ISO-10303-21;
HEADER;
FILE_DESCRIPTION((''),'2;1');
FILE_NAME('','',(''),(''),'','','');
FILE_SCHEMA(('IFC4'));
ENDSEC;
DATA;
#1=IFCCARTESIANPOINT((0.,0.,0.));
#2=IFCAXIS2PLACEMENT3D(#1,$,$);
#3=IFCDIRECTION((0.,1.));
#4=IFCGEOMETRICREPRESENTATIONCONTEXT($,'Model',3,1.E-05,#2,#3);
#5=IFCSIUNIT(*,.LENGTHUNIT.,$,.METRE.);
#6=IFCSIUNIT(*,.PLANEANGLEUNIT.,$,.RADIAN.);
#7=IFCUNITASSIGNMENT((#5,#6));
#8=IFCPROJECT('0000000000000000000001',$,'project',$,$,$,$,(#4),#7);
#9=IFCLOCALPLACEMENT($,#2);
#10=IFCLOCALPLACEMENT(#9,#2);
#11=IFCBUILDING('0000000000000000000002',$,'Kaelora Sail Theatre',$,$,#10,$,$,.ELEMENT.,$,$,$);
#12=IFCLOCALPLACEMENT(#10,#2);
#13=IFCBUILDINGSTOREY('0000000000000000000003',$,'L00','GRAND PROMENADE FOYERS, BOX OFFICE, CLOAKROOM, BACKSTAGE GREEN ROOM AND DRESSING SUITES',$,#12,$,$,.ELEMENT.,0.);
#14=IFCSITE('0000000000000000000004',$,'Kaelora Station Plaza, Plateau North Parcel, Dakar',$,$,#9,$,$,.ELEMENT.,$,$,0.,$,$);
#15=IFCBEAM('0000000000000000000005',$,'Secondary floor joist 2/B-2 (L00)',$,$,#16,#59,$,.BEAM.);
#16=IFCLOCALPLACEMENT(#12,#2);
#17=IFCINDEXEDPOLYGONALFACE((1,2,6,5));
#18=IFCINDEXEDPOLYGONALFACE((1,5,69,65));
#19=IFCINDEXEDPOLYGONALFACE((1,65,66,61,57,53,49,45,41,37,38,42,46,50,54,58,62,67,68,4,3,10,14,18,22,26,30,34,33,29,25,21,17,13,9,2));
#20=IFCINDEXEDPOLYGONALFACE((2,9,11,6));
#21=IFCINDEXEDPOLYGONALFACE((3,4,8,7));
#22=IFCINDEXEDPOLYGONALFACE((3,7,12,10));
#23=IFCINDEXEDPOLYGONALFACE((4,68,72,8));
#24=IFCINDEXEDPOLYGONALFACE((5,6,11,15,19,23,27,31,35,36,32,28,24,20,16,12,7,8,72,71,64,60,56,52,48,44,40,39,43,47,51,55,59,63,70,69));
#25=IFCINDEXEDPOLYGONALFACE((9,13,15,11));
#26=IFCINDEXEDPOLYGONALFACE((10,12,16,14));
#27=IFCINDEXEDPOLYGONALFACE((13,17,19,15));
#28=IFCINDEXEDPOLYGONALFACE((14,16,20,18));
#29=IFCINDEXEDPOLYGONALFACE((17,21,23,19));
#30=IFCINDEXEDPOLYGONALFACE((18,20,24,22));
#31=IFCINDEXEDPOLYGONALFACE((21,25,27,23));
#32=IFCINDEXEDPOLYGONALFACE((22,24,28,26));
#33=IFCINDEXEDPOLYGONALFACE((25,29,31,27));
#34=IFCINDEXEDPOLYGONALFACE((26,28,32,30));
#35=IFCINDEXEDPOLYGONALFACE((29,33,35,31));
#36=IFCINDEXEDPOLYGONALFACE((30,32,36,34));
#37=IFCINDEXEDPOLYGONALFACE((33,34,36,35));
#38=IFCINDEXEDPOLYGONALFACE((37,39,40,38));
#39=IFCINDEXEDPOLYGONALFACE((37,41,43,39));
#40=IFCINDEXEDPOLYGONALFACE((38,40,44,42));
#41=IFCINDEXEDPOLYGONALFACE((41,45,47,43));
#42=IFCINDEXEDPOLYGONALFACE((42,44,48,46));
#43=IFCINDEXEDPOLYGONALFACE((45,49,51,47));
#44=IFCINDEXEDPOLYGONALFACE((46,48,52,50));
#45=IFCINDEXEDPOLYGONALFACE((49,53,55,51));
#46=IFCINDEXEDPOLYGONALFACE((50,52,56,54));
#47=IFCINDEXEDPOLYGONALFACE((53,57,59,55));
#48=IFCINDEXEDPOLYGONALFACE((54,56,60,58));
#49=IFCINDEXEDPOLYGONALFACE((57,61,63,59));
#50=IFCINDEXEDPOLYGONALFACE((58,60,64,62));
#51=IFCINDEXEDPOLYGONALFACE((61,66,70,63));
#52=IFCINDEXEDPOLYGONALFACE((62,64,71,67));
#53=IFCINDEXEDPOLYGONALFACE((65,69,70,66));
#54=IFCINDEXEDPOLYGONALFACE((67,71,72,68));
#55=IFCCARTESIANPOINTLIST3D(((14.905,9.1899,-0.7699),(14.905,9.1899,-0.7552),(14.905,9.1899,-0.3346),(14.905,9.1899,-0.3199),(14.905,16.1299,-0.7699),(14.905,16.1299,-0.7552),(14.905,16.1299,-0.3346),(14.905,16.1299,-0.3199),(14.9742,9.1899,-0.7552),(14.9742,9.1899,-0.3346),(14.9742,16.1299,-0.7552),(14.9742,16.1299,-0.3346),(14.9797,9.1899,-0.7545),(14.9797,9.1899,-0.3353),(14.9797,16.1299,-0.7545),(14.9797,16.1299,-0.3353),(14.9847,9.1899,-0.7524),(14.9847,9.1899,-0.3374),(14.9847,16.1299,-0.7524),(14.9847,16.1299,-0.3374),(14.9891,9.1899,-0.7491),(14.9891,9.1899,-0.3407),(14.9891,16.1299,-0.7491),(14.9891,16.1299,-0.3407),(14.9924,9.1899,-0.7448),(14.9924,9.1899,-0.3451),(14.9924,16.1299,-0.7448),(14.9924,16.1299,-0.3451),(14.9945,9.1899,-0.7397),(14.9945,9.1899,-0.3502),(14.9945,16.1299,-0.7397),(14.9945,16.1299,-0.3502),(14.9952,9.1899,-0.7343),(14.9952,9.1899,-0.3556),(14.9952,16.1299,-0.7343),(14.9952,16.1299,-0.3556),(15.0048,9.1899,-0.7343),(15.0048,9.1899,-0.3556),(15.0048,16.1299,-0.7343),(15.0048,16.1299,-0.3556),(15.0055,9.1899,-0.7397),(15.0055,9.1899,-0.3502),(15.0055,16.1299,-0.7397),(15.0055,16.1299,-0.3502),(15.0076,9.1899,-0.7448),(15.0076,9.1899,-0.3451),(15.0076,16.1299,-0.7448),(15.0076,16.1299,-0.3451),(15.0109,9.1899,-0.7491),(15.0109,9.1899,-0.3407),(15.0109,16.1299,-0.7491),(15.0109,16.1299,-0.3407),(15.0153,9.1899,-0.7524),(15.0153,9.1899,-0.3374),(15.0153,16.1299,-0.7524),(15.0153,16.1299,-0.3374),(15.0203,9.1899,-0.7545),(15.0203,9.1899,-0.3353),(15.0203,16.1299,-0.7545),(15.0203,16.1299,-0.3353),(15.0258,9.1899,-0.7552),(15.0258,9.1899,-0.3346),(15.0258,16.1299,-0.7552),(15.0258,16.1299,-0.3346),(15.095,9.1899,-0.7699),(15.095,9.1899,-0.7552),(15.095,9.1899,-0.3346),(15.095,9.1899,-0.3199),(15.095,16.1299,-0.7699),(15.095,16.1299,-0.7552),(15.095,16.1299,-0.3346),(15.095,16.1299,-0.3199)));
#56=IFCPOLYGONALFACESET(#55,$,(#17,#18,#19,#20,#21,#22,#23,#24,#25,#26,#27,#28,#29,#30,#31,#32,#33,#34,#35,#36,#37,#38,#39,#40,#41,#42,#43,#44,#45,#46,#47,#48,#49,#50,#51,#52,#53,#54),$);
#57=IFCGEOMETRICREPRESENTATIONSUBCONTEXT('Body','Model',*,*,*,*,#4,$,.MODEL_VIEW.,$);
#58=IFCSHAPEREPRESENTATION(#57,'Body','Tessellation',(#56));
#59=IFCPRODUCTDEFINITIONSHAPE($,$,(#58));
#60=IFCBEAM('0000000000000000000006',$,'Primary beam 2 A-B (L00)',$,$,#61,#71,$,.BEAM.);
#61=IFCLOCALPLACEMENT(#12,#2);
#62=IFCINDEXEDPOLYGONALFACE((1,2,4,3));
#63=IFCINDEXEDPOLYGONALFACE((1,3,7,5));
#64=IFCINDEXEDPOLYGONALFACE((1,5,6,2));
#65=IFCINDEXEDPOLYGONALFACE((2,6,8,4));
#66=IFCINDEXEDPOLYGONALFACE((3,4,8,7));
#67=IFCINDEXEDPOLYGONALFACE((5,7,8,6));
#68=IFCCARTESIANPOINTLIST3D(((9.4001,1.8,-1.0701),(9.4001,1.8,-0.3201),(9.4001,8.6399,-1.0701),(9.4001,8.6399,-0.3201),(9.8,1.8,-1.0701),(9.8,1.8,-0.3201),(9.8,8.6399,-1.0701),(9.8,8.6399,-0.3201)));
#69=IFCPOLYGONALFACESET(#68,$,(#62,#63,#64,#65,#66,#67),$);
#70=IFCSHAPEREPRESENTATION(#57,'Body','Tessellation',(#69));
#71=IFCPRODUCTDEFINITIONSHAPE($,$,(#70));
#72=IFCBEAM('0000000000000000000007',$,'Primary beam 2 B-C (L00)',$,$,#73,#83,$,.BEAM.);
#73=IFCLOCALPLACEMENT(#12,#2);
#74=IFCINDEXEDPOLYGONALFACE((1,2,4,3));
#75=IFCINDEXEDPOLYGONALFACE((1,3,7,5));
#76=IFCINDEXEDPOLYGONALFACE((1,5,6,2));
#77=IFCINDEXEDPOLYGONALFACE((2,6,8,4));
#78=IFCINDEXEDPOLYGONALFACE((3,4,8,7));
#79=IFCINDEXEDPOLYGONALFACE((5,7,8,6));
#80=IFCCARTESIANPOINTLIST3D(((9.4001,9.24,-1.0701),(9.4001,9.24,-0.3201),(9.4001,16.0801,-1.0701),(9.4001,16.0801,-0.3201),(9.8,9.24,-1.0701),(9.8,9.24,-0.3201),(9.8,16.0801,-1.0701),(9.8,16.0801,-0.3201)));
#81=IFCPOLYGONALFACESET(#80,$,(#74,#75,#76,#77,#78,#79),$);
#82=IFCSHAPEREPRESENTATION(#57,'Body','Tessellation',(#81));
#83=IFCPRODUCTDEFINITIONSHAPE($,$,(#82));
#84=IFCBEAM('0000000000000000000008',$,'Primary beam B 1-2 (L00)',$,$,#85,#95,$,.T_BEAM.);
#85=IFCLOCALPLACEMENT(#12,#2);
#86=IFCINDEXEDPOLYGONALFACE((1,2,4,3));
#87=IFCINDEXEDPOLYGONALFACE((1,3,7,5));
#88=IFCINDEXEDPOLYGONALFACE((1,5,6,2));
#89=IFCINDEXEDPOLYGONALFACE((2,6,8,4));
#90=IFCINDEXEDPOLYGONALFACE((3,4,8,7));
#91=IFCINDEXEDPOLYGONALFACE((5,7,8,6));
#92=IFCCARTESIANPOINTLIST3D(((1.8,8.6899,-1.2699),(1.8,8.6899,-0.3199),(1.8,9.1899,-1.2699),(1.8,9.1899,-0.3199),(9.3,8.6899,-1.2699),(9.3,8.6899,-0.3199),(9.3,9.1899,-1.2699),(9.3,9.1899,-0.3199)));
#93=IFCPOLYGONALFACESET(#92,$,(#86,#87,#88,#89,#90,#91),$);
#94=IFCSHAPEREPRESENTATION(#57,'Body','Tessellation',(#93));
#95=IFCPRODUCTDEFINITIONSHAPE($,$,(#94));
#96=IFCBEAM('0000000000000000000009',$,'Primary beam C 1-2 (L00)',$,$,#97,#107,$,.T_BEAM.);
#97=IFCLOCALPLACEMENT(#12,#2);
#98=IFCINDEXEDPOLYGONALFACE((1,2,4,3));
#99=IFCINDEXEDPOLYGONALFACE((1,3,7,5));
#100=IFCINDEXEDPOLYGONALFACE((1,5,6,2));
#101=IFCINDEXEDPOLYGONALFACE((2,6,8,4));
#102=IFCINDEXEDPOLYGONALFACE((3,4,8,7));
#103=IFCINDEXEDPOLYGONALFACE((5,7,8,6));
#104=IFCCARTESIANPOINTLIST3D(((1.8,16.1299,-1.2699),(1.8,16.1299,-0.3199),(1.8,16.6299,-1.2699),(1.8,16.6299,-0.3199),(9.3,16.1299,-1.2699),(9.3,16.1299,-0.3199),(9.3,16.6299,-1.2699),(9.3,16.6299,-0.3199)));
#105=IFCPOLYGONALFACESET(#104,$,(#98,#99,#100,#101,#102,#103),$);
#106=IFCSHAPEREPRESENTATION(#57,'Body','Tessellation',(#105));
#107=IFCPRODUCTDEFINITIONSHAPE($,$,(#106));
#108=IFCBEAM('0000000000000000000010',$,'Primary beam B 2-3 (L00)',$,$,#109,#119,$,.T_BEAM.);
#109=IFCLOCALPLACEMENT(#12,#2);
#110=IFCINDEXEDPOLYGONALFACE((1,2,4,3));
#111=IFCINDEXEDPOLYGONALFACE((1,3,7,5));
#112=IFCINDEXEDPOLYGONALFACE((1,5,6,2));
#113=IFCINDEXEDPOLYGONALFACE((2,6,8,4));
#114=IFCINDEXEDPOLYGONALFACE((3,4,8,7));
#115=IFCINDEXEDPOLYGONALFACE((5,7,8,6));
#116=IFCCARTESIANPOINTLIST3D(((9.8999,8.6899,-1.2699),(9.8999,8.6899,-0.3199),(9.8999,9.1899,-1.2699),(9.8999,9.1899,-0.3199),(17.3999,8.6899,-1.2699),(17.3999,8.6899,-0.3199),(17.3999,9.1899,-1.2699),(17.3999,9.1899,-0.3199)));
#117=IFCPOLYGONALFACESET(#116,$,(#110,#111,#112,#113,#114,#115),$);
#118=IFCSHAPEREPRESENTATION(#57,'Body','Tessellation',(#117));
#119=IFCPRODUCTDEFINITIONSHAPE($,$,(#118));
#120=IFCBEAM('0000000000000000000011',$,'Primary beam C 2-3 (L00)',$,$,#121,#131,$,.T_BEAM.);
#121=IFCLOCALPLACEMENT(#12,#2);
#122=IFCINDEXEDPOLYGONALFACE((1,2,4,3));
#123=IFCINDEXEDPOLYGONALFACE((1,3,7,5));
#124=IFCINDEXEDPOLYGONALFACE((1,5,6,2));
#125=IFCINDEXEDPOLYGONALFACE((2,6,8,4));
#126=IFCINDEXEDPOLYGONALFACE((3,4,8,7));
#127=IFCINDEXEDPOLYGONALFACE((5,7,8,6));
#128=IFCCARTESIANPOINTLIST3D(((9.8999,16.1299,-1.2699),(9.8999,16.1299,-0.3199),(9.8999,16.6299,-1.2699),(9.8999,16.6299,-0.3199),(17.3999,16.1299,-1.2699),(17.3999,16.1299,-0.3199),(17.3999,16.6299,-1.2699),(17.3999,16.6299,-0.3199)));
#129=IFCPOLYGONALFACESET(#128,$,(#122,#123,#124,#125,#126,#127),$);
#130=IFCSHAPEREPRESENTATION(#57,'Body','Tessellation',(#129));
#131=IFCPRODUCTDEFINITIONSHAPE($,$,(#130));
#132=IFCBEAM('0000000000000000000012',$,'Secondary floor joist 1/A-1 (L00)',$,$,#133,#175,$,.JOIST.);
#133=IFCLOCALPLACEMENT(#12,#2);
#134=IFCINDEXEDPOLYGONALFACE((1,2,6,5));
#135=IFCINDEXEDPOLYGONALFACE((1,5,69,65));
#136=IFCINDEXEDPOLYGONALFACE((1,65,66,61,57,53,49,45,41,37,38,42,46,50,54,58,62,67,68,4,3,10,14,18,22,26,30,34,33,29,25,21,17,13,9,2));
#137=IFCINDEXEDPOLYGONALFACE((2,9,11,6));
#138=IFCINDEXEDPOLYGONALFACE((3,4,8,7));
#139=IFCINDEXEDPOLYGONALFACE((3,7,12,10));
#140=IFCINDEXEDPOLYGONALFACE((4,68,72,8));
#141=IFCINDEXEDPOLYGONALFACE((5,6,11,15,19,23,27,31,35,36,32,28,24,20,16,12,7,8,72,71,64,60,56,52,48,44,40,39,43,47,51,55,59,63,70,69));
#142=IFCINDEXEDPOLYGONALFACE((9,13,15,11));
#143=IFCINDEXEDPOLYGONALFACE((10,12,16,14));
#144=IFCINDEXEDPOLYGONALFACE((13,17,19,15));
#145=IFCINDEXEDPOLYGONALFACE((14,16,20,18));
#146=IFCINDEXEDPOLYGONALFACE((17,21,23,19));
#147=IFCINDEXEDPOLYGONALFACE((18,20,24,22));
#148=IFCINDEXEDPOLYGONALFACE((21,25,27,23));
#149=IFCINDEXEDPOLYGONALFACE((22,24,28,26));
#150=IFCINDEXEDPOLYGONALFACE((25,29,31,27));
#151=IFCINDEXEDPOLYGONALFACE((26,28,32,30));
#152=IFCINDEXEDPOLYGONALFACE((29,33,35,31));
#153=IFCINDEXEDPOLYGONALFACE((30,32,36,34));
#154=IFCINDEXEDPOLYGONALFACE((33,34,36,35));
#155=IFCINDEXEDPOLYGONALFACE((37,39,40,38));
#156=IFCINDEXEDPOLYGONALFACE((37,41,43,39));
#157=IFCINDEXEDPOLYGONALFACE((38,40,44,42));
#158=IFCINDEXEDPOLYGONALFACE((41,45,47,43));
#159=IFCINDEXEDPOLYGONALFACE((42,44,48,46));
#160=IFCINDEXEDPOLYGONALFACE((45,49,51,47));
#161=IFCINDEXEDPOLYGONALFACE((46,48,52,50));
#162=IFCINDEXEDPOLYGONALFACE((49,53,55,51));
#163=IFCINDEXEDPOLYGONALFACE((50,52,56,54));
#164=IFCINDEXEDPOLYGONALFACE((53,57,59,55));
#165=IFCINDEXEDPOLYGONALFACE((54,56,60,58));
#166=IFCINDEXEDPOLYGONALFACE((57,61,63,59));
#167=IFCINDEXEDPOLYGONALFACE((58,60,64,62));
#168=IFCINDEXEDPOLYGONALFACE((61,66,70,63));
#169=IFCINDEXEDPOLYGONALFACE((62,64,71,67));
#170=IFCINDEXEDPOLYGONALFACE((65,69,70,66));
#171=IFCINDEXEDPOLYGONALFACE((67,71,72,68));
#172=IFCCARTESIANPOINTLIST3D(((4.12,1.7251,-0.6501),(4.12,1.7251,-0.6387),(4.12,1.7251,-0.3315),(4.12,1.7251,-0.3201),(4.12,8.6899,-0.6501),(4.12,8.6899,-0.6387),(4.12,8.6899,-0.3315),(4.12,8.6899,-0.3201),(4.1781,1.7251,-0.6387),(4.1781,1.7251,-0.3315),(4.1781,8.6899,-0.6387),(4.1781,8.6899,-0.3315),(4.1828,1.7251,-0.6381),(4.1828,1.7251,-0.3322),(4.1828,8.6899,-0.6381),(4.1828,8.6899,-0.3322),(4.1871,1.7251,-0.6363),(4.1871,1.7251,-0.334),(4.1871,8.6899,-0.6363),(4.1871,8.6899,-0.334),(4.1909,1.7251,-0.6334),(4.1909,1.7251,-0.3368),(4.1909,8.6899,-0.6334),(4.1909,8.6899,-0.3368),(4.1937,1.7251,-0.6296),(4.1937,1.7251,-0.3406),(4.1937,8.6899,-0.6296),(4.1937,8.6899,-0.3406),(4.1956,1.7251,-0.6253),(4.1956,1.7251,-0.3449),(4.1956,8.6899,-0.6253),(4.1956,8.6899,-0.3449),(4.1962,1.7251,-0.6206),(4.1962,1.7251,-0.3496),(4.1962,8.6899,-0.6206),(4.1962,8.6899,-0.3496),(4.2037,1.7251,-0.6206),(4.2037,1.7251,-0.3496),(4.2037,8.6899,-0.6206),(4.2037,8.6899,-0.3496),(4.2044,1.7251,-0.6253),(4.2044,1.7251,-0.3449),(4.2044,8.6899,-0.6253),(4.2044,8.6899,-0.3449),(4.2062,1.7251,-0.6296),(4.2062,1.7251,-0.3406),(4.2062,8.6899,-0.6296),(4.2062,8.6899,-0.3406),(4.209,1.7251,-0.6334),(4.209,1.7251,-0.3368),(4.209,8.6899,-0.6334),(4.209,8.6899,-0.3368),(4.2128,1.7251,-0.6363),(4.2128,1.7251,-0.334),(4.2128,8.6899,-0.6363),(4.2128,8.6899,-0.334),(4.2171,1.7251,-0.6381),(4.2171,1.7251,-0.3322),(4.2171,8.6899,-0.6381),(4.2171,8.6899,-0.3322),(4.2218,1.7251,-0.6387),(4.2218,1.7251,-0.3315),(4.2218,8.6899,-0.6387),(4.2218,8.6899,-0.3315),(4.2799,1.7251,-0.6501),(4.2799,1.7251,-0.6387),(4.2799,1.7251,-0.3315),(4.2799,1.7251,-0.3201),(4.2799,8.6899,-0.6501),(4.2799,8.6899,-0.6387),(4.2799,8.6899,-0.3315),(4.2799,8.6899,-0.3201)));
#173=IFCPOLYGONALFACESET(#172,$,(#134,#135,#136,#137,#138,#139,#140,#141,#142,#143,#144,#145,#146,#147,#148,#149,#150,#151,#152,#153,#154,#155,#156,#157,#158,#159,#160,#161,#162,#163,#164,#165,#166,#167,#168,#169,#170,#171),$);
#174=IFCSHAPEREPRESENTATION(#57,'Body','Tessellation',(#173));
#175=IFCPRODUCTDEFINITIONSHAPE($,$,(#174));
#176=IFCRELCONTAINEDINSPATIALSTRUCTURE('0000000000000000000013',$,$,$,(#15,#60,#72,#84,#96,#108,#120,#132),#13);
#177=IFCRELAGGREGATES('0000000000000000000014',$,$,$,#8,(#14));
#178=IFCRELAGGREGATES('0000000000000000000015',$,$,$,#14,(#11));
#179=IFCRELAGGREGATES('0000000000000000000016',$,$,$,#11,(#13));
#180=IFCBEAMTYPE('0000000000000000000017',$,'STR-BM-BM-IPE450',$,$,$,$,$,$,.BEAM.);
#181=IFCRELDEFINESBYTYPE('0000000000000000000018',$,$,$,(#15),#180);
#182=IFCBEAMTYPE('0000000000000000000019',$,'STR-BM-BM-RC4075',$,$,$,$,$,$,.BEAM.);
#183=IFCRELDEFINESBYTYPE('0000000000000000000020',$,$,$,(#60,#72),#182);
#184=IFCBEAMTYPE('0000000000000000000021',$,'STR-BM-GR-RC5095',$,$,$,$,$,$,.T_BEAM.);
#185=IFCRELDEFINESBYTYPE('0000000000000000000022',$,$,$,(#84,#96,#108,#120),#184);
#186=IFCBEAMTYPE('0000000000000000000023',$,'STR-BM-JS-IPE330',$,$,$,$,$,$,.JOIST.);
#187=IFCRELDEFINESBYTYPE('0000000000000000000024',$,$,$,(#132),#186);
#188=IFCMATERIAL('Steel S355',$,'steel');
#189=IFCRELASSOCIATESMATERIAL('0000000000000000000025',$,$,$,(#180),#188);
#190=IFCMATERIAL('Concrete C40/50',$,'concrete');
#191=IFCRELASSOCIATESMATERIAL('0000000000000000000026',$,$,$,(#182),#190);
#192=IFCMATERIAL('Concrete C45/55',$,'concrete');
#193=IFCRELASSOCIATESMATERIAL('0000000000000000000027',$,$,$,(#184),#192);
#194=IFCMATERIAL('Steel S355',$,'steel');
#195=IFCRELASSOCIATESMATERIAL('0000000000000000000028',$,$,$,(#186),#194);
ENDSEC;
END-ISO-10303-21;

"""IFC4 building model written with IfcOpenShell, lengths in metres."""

from ifc_helpers import new_model, si_unit, direction, frame, origin, origin_2d, place, context, subcontext, project, spatial, rectangle, i_section, extrude, material, material_profile, profile_set, type_object, element, save


model = new_model("IFC4")

# Units and contexts
model_context = context("Model", 3, precision=1e-05, world=origin(), true_north=direction((0.0, 1.0)))
body_context = subcontext(model_context, "Body", "Model", "MODEL_VIEW")
ifc_project = project(units=[si_unit("LENGTHUNIT", "METRE"), si_unit("PLANEANGLEUNIT", "RADIAN")], contexts=[model_context])

# Site, building, storey
site_placement = place(None, origin())
site = spatial("IfcSite", under=ifc_project, at=site_placement, Name="Kaelora Station Plaza, Plateau North Parcel, Dakar", CompositionType="ELEMENT", RefElevation=0.0)
building_placement = place(site_placement, origin())
building = spatial("IfcBuilding", under=site, at=building_placement, Name="Kaelora Sail Theatre", CompositionType="ELEMENT")
storey_placement = place(building_placement, origin())
storey = spatial("IfcBuildingStorey", under=building, at=storey_placement, Name="L00", Description="GRAND PROMENADE FOYERS, BOX OFFICE, CLOAKROOM, BACKSTAGE GREEN ROOM AND DRESSING SUITES", CompositionType="ELEMENT", Elevation=0.0)

# Beams
ifc_material_1 = material(Name="Steel S355", Category="steel")
ifc_material_profile_1 = material_profile(ifc_material_1, i_section(OverallWidth=0.1899, OverallDepth=0.45, WebThickness=0.0095, FlangeThickness=0.0146, FilletRadius=0.021, at=origin_2d()), Name="IPE 450")
ifc_profile_set_1 = profile_set([ifc_material_profile_1], Name="Steel S355")
beam_type_1 = type_object("IfcBeamType", Name="STR-BM-BM-IPE450", PredefinedType="BEAM", material=ifc_profile_set_1)
beam_1_placement = place(storey_placement, frame((15.0, 9.1899, -0.5449), z_axis=(0.0, 1.0, 0.0), x_axis=(-1.0, 0.0, 0.0)))
element("IfcBeam", 1, at=beam_1_placement, inside=storey, type_object=beam_type_1, Name="Secondary floor joist 2/B-2 (L00)", PredefinedType="BEAM", context=body_context, shape_type="SweptSolid", body=[
    extrude(i_section(OverallWidth=0.1899, OverallDepth=0.45, WebThickness=0.0095, FlangeThickness=0.0146, FilletRadius=0.021, at=origin_2d()), origin(), (0.0, 0.0, 1.0), 6.9399),
])
ifc_material_2 = material(Name="Concrete C40/50", Category="concrete")
ifc_material_profile_2 = material_profile(ifc_material_2, rectangle(XDim=0.3999, YDim=0.75, at=origin_2d()), Name="RC-BM 400x750")
ifc_profile_set_2 = profile_set([ifc_material_profile_2], Name="Concrete C40/50")
beam_type_2 = type_object("IfcBeamType", Name="STR-BM-BM-RC4075", PredefinedType="BEAM", material=ifc_profile_set_2)
beam_2_placement = place(storey_placement, frame((9.6001, 1.8, -0.6951), z_axis=(0.0, 1.0, 0.0), x_axis=(-1.0, 0.0, 0.0)))
element("IfcBeam", 2, at=beam_2_placement, inside=storey, type_object=beam_type_2, Name="Primary beam 2 A-B (L00)", PredefinedType="BEAM", context=body_context, shape_type="SweptSolid", body=[
    extrude(rectangle(XDim=0.3999, YDim=0.75, at=origin_2d()), origin(), (0.0, 0.0, 1.0), 6.8398),
])
beam_3_placement = place(storey_placement, frame((9.6001, 9.24, -0.6951), z_axis=(0.0, 1.0, 0.0), x_axis=(-1.0, 0.0, 0.0)))
element("IfcBeam", 3, at=beam_3_placement, inside=storey, type_object=beam_type_2, Name="Primary beam 2 B-C (L00)", PredefinedType="BEAM", context=body_context, shape_type="SweptSolid", body=[
    extrude(rectangle(XDim=0.3999, YDim=0.75, at=origin_2d()), origin(), (0.0, 0.0, 1.0), 6.8401),
])
ifc_material_3 = material(Name="Concrete C45/55", Category="concrete")
ifc_material_profile_3 = material_profile(ifc_material_3, rectangle(XDim=0.5, YDim=0.95, at=origin_2d()), Name="RC-GRD 500x950")
ifc_profile_set_3 = profile_set([ifc_material_profile_3], Name="Concrete C45/55")
beam_type_3 = type_object("IfcBeamType", Name="STR-BM-GR-RC5095", PredefinedType="T_BEAM", material=ifc_profile_set_3)
for number, where, z_axis, x_axis, name in (
    (4, (1.8, 8.9399, -0.7949), (1.0, 0.0, 0.0), (0.0, 1.0, 0.0), "Primary beam B 1-2 (L00)"),
    (5, (1.8, 16.3799, -0.7949), (1.0, 0.0, 0.0), (0.0, 1.0, 0.0), "Primary beam C 1-2 (L00)"),
    (6, (9.8999, 8.9399, -0.7949), (1.0, 0.0, 0.0), (0.0, 1.0, 0.0), "Primary beam B 2-3 (L00)"),
    (7, (9.8999, 16.3799, -0.7949), (1.0, 0.0, 0.0), (0.0, 1.0, 0.0), "Primary beam C 2-3 (L00)"),
):
    element("IfcBeam", number, at=place(storey_placement, frame(where, z_axis=z_axis, x_axis=x_axis)), inside=storey, type_object=beam_type_3, Name=name, PredefinedType="T_BEAM", context=body_context, shape_type="SweptSolid", body=[
        extrude(rectangle(XDim=0.5, YDim=0.95, at=origin_2d()), origin(), (0.0, 0.0, 1.0), 7.5),
    ])
ifc_material_4 = material(Name="Steel S355", Category="steel")
ifc_material_profile_4 = material_profile(ifc_material_4, i_section(OverallWidth=0.1599, OverallDepth=0.3301, WebThickness=0.0076, FlangeThickness=0.0115, FilletRadius=0.0181, at=origin_2d()), Name="IPE 330")
ifc_profile_set_4 = profile_set([ifc_material_profile_4], Name="Steel S355")
beam_type_4 = type_object("IfcBeamType", Name="STR-BM-JS-IPE330", PredefinedType="JOIST", material=ifc_profile_set_4)
beam_4_placement = place(storey_placement, frame((4.2, 1.7251, -0.4851), z_axis=(0.0, 1.0, 0.0), x_axis=(-1.0, 0.0, 0.0)))
element("IfcBeam", 8, at=beam_4_placement, inside=storey, type_object=beam_type_4, Name="Secondary floor joist 1/A-1 (L00)", PredefinedType="JOIST", context=body_context, shape_type="SweptSolid", body=[
    extrude(i_section(OverallWidth=0.1599, OverallDepth=0.3301, WebThickness=0.0076, FlangeThickness=0.0115, FilletRadius=0.0181, at=origin_2d()), origin(), (0.0, 0.0, 1.0), 6.9648),
])

save(model, "model.ifc")
